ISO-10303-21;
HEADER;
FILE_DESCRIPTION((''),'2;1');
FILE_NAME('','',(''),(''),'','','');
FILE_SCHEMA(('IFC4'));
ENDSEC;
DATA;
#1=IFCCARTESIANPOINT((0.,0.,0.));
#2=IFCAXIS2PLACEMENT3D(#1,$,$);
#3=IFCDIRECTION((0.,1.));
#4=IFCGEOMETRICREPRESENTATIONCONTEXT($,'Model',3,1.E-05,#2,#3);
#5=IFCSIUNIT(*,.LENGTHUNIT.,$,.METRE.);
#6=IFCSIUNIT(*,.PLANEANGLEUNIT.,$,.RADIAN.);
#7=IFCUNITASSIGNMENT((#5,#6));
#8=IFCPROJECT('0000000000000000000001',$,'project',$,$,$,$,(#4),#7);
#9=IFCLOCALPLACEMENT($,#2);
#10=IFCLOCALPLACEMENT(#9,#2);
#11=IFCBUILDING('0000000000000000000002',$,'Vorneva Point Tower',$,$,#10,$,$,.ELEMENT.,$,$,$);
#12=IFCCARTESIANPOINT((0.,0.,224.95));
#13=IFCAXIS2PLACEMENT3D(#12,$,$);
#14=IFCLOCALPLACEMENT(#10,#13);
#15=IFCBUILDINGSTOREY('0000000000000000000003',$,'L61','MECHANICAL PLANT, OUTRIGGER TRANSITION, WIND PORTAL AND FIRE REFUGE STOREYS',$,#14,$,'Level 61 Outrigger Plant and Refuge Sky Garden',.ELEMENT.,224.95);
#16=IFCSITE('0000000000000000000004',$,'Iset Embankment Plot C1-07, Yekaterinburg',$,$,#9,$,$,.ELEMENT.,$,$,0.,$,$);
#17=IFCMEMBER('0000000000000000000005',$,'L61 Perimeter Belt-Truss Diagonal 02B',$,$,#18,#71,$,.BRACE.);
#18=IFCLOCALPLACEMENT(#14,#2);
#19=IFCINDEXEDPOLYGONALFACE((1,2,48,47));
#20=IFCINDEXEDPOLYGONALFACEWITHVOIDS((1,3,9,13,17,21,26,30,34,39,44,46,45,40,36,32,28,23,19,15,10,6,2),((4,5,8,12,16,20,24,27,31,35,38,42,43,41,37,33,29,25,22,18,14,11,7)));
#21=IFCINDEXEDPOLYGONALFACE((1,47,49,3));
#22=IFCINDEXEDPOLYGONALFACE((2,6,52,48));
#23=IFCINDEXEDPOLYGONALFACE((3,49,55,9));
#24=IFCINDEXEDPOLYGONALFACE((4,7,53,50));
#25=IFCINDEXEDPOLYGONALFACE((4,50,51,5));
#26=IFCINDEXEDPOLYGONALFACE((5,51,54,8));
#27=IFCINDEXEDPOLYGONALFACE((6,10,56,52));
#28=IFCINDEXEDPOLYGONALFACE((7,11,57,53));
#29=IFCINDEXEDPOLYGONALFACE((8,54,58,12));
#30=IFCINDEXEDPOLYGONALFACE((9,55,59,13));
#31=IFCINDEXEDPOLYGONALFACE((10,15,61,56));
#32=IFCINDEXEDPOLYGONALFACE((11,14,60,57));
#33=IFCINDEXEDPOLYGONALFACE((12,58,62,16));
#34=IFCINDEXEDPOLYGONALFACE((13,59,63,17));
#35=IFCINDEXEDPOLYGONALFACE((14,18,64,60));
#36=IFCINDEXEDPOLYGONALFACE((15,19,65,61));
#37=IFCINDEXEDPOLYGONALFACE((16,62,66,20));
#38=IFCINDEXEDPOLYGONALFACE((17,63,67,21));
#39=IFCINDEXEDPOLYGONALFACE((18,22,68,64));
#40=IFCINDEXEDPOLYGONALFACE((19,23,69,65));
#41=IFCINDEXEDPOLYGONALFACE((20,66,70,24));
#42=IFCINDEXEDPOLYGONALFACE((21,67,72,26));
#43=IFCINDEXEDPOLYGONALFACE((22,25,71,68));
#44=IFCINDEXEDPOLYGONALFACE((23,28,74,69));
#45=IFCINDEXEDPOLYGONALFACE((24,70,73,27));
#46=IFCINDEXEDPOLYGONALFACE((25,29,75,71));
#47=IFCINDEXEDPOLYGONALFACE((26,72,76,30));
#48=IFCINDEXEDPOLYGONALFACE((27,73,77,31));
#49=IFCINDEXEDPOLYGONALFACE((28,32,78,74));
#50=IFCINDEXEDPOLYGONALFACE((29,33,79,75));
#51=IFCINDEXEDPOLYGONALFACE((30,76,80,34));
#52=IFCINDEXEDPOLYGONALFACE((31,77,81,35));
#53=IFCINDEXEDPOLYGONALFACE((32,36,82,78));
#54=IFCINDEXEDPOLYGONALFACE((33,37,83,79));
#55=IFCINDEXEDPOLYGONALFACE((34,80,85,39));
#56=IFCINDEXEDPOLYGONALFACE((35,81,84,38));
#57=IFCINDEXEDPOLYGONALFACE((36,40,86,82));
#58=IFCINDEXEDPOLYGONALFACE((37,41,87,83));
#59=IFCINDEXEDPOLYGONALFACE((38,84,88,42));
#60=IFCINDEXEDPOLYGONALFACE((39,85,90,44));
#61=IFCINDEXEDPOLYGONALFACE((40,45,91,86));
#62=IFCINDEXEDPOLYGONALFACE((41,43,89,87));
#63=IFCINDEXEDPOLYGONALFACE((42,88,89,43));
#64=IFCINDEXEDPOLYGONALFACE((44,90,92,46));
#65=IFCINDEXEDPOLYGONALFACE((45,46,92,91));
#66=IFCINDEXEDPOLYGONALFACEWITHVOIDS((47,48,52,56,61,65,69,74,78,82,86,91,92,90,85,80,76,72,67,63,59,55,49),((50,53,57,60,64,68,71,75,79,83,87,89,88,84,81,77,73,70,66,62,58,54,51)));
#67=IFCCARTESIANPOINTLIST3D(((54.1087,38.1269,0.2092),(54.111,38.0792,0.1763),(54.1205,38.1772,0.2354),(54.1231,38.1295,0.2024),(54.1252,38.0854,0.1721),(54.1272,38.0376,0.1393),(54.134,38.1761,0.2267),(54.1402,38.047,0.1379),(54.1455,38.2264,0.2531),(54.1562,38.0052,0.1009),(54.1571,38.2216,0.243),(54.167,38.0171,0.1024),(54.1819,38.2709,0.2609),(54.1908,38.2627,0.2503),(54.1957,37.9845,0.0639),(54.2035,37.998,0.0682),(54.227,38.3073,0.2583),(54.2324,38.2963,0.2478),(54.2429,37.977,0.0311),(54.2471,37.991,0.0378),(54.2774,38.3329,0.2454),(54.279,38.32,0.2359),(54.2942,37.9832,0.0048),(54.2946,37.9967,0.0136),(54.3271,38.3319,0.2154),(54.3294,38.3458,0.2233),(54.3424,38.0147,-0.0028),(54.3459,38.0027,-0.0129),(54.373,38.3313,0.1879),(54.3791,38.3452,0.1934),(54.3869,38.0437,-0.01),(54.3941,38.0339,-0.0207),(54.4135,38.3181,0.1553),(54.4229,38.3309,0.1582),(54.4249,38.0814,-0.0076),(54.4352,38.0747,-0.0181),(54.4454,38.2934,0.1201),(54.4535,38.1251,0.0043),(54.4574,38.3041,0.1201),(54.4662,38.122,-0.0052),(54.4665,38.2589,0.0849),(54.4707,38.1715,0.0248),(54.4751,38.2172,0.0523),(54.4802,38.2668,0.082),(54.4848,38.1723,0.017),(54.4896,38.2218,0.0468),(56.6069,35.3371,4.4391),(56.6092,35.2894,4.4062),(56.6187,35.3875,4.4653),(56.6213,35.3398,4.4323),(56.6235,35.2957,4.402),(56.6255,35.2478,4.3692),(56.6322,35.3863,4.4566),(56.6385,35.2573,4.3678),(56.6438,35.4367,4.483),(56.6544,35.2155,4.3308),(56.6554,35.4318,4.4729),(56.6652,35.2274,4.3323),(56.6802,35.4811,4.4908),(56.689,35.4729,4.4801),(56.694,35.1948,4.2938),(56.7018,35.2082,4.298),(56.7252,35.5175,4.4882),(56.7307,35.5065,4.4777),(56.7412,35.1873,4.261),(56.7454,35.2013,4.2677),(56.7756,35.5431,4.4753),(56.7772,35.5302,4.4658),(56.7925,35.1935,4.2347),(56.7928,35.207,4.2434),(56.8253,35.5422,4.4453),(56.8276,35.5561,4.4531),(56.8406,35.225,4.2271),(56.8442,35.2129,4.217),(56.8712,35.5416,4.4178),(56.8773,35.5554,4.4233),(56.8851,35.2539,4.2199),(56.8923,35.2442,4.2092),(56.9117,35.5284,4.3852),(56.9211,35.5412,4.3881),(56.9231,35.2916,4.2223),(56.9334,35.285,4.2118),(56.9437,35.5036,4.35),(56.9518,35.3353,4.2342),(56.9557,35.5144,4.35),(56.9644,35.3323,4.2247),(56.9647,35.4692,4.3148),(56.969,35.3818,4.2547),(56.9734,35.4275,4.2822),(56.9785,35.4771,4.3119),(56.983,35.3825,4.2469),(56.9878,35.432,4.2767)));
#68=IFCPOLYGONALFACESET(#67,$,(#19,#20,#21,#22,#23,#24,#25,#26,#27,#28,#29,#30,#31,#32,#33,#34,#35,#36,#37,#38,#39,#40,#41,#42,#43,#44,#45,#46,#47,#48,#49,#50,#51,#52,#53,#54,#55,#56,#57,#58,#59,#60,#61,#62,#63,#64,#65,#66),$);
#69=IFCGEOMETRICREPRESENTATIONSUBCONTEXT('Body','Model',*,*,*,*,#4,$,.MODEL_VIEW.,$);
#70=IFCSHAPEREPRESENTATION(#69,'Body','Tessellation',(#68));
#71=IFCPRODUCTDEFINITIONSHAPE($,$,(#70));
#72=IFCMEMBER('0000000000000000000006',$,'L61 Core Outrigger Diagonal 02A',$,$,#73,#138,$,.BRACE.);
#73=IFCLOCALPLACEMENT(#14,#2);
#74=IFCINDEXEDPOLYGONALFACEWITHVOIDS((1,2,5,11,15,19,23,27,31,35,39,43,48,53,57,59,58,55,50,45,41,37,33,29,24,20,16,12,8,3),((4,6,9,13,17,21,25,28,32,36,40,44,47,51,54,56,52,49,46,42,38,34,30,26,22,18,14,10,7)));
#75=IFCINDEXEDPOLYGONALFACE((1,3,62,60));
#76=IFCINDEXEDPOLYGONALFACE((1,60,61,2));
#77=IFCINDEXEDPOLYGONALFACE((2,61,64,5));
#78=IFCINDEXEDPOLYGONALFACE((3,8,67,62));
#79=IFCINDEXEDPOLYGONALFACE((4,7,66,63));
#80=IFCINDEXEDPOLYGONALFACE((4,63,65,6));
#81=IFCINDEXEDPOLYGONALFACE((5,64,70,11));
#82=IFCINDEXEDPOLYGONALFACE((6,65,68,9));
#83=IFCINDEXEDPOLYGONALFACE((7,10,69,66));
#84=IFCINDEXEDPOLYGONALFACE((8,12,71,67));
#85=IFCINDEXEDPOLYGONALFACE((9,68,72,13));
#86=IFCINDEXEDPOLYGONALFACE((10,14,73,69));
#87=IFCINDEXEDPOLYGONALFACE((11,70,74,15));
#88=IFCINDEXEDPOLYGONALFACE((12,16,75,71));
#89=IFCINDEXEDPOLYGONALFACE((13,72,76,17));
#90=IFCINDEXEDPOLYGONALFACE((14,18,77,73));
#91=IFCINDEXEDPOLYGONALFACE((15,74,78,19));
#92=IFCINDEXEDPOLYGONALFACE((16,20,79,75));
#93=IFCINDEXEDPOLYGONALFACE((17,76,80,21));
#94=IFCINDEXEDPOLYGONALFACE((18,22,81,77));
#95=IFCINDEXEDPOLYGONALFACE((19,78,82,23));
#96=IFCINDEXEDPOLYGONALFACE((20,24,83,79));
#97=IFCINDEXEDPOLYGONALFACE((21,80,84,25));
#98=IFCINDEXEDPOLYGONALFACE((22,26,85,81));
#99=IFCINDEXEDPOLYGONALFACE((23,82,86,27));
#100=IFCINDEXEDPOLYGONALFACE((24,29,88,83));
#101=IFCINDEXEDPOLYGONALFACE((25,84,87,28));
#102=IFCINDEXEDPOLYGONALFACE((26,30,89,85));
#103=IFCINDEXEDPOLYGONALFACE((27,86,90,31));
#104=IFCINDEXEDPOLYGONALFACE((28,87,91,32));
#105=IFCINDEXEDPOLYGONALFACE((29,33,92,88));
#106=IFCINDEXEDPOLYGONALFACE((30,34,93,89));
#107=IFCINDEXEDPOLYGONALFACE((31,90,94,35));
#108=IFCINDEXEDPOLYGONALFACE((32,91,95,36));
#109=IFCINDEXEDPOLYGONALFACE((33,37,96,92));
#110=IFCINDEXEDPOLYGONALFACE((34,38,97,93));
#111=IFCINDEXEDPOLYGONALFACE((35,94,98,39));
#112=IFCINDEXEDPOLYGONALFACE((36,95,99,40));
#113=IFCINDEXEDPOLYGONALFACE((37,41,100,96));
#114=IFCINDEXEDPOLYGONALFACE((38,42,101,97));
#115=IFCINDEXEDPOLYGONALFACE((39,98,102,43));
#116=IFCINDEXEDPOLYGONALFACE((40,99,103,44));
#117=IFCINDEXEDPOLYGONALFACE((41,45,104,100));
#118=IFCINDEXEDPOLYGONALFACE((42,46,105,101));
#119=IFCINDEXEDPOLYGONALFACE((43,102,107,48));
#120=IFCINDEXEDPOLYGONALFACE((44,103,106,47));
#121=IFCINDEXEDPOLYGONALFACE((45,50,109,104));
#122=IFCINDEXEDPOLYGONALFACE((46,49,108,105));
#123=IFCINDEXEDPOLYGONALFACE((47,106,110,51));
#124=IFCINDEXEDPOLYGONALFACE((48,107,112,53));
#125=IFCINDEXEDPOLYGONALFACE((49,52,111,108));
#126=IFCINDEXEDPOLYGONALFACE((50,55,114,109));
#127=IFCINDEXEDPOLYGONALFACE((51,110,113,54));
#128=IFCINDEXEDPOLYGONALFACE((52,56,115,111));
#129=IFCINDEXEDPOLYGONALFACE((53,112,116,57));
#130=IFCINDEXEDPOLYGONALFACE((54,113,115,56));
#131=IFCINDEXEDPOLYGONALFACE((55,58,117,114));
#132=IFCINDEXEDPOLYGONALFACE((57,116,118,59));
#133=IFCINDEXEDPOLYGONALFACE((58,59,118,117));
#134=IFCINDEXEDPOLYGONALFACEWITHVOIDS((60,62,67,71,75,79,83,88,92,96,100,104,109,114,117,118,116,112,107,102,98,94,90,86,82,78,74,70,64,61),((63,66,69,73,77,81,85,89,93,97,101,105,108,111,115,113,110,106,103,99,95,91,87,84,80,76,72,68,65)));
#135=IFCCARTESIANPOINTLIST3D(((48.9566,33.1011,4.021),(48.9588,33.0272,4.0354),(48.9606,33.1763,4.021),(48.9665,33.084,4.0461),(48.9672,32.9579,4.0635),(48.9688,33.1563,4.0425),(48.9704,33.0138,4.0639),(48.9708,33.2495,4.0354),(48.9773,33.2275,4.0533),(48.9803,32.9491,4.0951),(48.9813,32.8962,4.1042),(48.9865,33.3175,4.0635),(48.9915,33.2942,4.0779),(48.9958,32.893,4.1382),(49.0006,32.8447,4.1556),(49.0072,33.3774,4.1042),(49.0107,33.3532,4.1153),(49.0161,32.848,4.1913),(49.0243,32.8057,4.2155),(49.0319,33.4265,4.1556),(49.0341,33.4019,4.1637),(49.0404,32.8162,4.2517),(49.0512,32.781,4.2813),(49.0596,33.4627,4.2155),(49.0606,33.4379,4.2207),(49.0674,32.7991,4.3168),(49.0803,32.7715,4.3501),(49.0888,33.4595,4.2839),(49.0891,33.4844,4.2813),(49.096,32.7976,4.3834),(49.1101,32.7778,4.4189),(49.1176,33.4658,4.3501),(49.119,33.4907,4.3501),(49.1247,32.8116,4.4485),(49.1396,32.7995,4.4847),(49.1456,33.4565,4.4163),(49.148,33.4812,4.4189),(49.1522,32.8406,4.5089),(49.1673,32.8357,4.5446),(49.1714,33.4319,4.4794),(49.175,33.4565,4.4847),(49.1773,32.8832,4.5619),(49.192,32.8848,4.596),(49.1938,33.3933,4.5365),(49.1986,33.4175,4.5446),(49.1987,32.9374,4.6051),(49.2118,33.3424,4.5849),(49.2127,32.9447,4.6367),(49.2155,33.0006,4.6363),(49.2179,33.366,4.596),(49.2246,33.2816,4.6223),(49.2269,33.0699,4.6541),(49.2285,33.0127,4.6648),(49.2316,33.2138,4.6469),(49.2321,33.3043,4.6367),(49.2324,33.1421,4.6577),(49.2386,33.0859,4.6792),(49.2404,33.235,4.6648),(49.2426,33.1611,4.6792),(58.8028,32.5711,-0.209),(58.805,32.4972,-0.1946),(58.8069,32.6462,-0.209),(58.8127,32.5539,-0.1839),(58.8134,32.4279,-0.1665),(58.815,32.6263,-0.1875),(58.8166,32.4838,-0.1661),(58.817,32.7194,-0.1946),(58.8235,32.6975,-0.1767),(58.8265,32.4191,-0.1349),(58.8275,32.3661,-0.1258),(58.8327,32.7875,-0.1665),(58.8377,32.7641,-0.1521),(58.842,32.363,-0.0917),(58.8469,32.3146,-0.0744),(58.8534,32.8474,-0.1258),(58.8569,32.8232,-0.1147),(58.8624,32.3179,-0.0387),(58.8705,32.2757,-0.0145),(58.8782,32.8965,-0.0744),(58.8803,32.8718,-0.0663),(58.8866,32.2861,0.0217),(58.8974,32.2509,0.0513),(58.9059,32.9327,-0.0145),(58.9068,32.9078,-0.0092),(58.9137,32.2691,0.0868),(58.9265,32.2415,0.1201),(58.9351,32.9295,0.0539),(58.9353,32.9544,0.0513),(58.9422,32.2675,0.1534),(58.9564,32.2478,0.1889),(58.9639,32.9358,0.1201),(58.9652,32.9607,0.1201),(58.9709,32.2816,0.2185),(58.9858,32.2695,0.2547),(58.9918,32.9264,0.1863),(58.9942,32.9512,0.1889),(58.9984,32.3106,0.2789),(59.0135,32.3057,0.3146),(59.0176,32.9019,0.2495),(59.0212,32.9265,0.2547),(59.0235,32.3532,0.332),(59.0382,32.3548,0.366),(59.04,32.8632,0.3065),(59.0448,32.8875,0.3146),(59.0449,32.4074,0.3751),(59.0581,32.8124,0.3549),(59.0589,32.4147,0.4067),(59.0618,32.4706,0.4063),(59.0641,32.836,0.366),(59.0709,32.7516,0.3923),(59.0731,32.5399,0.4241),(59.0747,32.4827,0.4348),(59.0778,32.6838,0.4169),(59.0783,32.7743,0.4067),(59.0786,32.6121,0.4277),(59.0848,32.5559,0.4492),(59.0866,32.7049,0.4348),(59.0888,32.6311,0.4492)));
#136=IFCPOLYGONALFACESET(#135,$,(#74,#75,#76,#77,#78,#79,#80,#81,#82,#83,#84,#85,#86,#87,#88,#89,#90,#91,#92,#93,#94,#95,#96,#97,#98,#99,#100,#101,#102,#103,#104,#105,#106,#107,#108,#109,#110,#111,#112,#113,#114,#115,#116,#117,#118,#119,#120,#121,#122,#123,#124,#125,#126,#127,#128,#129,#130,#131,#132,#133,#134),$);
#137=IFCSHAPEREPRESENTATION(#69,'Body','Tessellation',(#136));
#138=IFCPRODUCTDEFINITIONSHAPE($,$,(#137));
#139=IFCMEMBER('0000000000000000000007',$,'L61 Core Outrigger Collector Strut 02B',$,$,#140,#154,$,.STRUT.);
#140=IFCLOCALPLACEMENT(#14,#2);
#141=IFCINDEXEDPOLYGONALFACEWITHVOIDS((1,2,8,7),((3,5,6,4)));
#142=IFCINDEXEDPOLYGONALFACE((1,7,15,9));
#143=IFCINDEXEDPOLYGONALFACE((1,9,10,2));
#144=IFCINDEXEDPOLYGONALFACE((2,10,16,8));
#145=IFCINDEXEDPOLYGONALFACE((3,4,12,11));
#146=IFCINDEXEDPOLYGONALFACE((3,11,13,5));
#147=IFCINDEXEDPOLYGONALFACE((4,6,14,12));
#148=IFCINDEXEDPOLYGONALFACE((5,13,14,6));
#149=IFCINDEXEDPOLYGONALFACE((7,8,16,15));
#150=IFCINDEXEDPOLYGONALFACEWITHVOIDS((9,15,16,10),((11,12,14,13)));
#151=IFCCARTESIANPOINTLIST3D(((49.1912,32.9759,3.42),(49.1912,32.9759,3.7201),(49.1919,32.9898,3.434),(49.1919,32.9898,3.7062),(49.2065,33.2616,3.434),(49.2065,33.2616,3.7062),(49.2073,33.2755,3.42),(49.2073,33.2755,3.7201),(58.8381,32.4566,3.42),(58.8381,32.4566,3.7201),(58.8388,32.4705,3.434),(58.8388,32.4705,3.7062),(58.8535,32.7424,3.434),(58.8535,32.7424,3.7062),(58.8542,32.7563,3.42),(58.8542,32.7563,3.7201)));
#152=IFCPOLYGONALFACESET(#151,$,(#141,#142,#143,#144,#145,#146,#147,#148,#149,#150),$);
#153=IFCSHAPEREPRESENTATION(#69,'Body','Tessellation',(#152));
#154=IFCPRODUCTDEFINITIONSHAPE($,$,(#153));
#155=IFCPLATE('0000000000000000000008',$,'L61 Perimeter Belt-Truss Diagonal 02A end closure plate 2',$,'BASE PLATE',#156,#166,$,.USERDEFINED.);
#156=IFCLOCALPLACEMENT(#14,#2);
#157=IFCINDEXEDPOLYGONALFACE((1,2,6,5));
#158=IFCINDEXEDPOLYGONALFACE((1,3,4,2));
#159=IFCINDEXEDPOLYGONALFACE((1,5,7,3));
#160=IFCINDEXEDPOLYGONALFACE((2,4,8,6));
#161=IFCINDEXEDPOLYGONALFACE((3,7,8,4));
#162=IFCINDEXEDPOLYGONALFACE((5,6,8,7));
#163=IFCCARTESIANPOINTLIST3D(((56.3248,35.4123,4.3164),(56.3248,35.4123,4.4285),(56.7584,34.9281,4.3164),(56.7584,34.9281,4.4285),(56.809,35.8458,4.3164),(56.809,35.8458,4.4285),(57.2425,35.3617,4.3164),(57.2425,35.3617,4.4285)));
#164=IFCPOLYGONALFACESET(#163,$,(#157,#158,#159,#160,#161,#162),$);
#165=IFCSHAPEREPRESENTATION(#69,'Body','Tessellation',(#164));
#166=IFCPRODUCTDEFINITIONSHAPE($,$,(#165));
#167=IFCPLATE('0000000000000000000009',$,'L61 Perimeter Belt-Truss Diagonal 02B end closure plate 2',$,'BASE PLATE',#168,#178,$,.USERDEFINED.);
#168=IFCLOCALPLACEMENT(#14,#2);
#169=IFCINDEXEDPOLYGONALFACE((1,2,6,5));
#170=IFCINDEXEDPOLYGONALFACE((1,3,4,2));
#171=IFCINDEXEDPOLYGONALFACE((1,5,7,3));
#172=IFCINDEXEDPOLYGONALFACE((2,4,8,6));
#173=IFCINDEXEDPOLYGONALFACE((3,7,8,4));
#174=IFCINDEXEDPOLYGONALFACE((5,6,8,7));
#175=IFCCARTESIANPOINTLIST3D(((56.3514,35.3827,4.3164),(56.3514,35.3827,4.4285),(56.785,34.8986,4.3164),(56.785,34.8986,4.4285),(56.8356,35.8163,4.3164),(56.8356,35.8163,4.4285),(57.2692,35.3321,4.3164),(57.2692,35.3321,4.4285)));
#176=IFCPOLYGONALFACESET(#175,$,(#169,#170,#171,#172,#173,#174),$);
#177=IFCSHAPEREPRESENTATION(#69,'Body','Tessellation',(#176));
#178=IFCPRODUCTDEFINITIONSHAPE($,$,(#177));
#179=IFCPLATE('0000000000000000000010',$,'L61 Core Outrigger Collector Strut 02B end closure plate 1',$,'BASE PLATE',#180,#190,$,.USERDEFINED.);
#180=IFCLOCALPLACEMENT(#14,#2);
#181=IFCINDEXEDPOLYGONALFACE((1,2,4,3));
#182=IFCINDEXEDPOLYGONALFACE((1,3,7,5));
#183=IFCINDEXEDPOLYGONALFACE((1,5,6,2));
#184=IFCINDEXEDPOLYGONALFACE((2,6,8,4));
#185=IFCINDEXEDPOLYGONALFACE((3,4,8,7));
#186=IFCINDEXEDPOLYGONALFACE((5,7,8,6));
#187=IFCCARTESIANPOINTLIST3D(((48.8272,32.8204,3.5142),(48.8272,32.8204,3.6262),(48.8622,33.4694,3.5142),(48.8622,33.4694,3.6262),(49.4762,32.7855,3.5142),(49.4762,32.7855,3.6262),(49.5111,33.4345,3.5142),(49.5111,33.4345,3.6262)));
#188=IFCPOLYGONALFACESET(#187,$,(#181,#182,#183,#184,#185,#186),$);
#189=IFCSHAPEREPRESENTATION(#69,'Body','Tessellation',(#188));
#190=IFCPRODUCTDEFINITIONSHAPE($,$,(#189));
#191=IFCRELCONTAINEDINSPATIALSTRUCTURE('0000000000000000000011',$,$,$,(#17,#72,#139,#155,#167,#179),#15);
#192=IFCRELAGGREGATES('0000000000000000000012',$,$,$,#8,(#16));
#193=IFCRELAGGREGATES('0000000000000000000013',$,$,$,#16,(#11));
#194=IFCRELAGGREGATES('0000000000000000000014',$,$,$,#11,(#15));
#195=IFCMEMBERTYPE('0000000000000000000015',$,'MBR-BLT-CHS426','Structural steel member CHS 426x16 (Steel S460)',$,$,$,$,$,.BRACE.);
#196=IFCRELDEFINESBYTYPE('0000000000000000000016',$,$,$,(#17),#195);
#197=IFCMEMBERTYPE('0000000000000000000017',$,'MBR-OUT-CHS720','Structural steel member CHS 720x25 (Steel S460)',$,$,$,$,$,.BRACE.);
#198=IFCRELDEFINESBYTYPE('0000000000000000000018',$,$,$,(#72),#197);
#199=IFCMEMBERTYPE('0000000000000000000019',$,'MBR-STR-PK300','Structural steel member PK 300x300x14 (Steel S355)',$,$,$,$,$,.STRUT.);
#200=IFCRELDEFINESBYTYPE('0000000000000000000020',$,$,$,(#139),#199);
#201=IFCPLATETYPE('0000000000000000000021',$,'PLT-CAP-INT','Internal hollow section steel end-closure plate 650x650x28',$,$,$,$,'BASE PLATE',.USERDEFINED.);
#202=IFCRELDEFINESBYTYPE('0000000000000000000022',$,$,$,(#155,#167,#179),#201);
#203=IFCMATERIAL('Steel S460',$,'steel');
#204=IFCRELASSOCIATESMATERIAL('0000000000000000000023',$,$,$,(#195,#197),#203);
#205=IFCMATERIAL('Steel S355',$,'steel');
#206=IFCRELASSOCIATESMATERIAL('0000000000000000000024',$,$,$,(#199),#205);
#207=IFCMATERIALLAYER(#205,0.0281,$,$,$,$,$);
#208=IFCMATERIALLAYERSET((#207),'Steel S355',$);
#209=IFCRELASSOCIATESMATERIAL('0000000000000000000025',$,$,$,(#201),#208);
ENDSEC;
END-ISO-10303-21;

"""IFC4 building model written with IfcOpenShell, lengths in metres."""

from ifc_helpers import new_model, si_unit, direction, frame, origin, origin_2d, place, context, subcontext, project, spatial, rectangle, hollow_rectangle, hollow_circle, extrude, material, layer, layer_set, material_profile, profile_set, type_object, element, save


model = new_model("IFC4")

# Units and contexts
model_context = context("Model", 3, precision=1e-05, world=origin(), true_north=direction((0.0, 1.0)))
body_context = subcontext(model_context, "Body", "Model", "MODEL_VIEW")
ifc_project = project(units=[si_unit("LENGTHUNIT", "METRE"), si_unit("PLANEANGLEUNIT", "RADIAN")], contexts=[model_context])

# Site, building, storey
site_placement = place(None, origin())
site = spatial("IfcSite", under=ifc_project, at=site_placement, Name="Iset Embankment Plot C1-07, Yekaterinburg", CompositionType="ELEMENT", RefElevation=0.0)
building_placement = place(site_placement, origin())
building = spatial("IfcBuilding", under=site, at=building_placement, Name="Vorneva Point Tower", CompositionType="ELEMENT")
storey_placement = place(building_placement, frame((0.0, 0.0, 224.95)))
storey = spatial("IfcBuildingStorey", under=building, at=storey_placement, Name="L61", Description="MECHANICAL PLANT, OUTRIGGER TRANSITION, WIND PORTAL AND FIRE REFUGE STOREYS", LongName="Level 61 Outrigger Plant and Refuge Sky Garden", CompositionType="ELEMENT", Elevation=224.95)

# Shared definitions
ifc_material_1 = material(Name="Steel S460", Category="steel")
ifc_material_2 = material(Name="Steel S355", Category="steel")

# Members
ifc_material_profile_1 = material_profile(ifc_material_1, hollow_circle(Radius=0.2129, WallThickness=0.0161, at=origin_2d()), Name="CHS 426x16")
ifc_profile_set_1 = profile_set([ifc_material_profile_1], Name="Steel S460")
member_type_1 = type_object("IfcMemberType", Name="MBR-BLT-CHS426", Description="Structural steel member CHS 426x16 (Steel S460)", PredefinedType="BRACE", material=ifc_profile_set_1)
member_1_placement = place(storey_placement, frame((54.2988, 38.1621, 0.1201), z_axis=(0.442212, -0.49381, 0.748732), x_axis=(0.744955, 0.667115, 0.0)))
element("IfcMember", 1, at=member_1_placement, inside=storey, type_object=member_type_1, Name="L61 Perimeter Belt-Truss Diagonal 02B", PredefinedType="BRACE", context=body_context, shape_type="SweptSolid", body=[
    extrude(hollow_circle(Radius=0.2129, WallThickness=0.0161, at=origin_2d()), origin(), (0.0, 0.0, 1.0), 5.6494),
])
ifc_material_profile_2 = material_profile(ifc_material_1, hollow_circle(Radius=0.3601, WallThickness=0.0249, at=origin_2d()), Name="CHS 720x25")
ifc_profile_set_2 = profile_set([ifc_material_profile_2], Name="Steel S460")
member_type_2 = type_object("IfcMemberType", Name="MBR-OUT-CHS720", Description="Structural steel member CHS 720x25 (Steel S460)", PredefinedType="BRACE", material=ifc_profile_set_2)
member_2_placement = place(storey_placement, frame((49.0996, 33.1311, 4.3501), z_axis=(0.917679, -0.049399, -0.39424), x_axis=(0.053753, 0.998554, 0.0)))
element("IfcMember", 2, at=member_2_placement, inside=storey, type_object=member_type_2, Name="L61 Core Outrigger Diagonal 02A", PredefinedType="BRACE", context=body_context, shape_type="SweptSolid", body=[
    extrude(hollow_circle(Radius=0.3601, WallThickness=0.0249, at=origin_2d()), origin(), (0.0, 0.0, 1.0), 10.7295),
])
ifc_material_profile_3 = material_profile(ifc_material_2, hollow_rectangle(XDim=0.3, YDim=0.3, WallThickness=0.0139, at=origin_2d()), Name="PK 300x300x14")
ifc_profile_set_3 = profile_set([ifc_material_profile_3], Name="Steel S355")
member_type_3 = type_object("IfcMemberType", Name="MBR-STR-PK300", Description="Structural steel member PK 300x300x14 (Steel S355)", PredefinedType="STRUT", material=ifc_profile_set_3)
member_3_placement = place(storey_placement, frame((49.1992, 33.1257, 3.5701), z_axis=(0.998554, -0.053751, 0.0), x_axis=(0.053751, 0.998554, 0.0)))
element("IfcMember", 3, at=member_3_placement, inside=storey, type_object=member_type_3, Name="L61 Core Outrigger Collector Strut 02B", PredefinedType="STRUT", context=body_context, shape_type="SweptSolid", body=[
    extrude(hollow_rectangle(XDim=0.3, YDim=0.3, WallThickness=0.0139, at=origin_2d()), origin(), (0.0, 0.0, 1.0), 9.6609),
])

# Plates
ifc_layer_1 = layer(ifc_material_2, 0.0281)
ifc_layer_set_1 = layer_set([ifc_layer_1], Name="Steel S355")
plate_type_1 = type_object("IfcPlateType", Name="PLT-CAP-INT", Description="Internal hollow section steel end-closure plate 650x650x28", ElementType="BASE PLATE", PredefinedType="USERDEFINED", material=ifc_layer_set_1)
for number, where, z_axis, x_axis, name in (
    (4, (56.7837, 35.387, 4.3164), (0.0, 0.0, 1.0), (-0.667092, 0.744976, 0.0), "L61 Perimeter Belt-Truss Diagonal 02A end closure plate 2"),
    (5, (56.8103, 35.3574, 4.3164), (0.0, 0.0, 1.0), (0.667092, -0.744976, 0.0), "L61 Perimeter Belt-Truss Diagonal 02B end closure plate 2"),
    (6, (49.1692, 33.1274, 3.5142), (0.0, 0.0, 1.0), (0.998554, -0.053765, 0.0), "L61 Core Outrigger Collector Strut 02B end closure plate 1"),
):
    element("IfcPlate", number, at=place(storey_placement, frame(where, z_axis=z_axis, x_axis=x_axis)), inside=storey, type_object=plate_type_1, Name=name, ObjectType="BASE PLATE", PredefinedType="USERDEFINED", context=body_context, shape_type="SweptSolid", body=[
        extrude(rectangle(XDim=0.6499, YDim=0.6499, at=origin_2d()), origin(), (0.0, 0.0, 1.0), 0.1121),
    ])

save(model, "model.ifc")
